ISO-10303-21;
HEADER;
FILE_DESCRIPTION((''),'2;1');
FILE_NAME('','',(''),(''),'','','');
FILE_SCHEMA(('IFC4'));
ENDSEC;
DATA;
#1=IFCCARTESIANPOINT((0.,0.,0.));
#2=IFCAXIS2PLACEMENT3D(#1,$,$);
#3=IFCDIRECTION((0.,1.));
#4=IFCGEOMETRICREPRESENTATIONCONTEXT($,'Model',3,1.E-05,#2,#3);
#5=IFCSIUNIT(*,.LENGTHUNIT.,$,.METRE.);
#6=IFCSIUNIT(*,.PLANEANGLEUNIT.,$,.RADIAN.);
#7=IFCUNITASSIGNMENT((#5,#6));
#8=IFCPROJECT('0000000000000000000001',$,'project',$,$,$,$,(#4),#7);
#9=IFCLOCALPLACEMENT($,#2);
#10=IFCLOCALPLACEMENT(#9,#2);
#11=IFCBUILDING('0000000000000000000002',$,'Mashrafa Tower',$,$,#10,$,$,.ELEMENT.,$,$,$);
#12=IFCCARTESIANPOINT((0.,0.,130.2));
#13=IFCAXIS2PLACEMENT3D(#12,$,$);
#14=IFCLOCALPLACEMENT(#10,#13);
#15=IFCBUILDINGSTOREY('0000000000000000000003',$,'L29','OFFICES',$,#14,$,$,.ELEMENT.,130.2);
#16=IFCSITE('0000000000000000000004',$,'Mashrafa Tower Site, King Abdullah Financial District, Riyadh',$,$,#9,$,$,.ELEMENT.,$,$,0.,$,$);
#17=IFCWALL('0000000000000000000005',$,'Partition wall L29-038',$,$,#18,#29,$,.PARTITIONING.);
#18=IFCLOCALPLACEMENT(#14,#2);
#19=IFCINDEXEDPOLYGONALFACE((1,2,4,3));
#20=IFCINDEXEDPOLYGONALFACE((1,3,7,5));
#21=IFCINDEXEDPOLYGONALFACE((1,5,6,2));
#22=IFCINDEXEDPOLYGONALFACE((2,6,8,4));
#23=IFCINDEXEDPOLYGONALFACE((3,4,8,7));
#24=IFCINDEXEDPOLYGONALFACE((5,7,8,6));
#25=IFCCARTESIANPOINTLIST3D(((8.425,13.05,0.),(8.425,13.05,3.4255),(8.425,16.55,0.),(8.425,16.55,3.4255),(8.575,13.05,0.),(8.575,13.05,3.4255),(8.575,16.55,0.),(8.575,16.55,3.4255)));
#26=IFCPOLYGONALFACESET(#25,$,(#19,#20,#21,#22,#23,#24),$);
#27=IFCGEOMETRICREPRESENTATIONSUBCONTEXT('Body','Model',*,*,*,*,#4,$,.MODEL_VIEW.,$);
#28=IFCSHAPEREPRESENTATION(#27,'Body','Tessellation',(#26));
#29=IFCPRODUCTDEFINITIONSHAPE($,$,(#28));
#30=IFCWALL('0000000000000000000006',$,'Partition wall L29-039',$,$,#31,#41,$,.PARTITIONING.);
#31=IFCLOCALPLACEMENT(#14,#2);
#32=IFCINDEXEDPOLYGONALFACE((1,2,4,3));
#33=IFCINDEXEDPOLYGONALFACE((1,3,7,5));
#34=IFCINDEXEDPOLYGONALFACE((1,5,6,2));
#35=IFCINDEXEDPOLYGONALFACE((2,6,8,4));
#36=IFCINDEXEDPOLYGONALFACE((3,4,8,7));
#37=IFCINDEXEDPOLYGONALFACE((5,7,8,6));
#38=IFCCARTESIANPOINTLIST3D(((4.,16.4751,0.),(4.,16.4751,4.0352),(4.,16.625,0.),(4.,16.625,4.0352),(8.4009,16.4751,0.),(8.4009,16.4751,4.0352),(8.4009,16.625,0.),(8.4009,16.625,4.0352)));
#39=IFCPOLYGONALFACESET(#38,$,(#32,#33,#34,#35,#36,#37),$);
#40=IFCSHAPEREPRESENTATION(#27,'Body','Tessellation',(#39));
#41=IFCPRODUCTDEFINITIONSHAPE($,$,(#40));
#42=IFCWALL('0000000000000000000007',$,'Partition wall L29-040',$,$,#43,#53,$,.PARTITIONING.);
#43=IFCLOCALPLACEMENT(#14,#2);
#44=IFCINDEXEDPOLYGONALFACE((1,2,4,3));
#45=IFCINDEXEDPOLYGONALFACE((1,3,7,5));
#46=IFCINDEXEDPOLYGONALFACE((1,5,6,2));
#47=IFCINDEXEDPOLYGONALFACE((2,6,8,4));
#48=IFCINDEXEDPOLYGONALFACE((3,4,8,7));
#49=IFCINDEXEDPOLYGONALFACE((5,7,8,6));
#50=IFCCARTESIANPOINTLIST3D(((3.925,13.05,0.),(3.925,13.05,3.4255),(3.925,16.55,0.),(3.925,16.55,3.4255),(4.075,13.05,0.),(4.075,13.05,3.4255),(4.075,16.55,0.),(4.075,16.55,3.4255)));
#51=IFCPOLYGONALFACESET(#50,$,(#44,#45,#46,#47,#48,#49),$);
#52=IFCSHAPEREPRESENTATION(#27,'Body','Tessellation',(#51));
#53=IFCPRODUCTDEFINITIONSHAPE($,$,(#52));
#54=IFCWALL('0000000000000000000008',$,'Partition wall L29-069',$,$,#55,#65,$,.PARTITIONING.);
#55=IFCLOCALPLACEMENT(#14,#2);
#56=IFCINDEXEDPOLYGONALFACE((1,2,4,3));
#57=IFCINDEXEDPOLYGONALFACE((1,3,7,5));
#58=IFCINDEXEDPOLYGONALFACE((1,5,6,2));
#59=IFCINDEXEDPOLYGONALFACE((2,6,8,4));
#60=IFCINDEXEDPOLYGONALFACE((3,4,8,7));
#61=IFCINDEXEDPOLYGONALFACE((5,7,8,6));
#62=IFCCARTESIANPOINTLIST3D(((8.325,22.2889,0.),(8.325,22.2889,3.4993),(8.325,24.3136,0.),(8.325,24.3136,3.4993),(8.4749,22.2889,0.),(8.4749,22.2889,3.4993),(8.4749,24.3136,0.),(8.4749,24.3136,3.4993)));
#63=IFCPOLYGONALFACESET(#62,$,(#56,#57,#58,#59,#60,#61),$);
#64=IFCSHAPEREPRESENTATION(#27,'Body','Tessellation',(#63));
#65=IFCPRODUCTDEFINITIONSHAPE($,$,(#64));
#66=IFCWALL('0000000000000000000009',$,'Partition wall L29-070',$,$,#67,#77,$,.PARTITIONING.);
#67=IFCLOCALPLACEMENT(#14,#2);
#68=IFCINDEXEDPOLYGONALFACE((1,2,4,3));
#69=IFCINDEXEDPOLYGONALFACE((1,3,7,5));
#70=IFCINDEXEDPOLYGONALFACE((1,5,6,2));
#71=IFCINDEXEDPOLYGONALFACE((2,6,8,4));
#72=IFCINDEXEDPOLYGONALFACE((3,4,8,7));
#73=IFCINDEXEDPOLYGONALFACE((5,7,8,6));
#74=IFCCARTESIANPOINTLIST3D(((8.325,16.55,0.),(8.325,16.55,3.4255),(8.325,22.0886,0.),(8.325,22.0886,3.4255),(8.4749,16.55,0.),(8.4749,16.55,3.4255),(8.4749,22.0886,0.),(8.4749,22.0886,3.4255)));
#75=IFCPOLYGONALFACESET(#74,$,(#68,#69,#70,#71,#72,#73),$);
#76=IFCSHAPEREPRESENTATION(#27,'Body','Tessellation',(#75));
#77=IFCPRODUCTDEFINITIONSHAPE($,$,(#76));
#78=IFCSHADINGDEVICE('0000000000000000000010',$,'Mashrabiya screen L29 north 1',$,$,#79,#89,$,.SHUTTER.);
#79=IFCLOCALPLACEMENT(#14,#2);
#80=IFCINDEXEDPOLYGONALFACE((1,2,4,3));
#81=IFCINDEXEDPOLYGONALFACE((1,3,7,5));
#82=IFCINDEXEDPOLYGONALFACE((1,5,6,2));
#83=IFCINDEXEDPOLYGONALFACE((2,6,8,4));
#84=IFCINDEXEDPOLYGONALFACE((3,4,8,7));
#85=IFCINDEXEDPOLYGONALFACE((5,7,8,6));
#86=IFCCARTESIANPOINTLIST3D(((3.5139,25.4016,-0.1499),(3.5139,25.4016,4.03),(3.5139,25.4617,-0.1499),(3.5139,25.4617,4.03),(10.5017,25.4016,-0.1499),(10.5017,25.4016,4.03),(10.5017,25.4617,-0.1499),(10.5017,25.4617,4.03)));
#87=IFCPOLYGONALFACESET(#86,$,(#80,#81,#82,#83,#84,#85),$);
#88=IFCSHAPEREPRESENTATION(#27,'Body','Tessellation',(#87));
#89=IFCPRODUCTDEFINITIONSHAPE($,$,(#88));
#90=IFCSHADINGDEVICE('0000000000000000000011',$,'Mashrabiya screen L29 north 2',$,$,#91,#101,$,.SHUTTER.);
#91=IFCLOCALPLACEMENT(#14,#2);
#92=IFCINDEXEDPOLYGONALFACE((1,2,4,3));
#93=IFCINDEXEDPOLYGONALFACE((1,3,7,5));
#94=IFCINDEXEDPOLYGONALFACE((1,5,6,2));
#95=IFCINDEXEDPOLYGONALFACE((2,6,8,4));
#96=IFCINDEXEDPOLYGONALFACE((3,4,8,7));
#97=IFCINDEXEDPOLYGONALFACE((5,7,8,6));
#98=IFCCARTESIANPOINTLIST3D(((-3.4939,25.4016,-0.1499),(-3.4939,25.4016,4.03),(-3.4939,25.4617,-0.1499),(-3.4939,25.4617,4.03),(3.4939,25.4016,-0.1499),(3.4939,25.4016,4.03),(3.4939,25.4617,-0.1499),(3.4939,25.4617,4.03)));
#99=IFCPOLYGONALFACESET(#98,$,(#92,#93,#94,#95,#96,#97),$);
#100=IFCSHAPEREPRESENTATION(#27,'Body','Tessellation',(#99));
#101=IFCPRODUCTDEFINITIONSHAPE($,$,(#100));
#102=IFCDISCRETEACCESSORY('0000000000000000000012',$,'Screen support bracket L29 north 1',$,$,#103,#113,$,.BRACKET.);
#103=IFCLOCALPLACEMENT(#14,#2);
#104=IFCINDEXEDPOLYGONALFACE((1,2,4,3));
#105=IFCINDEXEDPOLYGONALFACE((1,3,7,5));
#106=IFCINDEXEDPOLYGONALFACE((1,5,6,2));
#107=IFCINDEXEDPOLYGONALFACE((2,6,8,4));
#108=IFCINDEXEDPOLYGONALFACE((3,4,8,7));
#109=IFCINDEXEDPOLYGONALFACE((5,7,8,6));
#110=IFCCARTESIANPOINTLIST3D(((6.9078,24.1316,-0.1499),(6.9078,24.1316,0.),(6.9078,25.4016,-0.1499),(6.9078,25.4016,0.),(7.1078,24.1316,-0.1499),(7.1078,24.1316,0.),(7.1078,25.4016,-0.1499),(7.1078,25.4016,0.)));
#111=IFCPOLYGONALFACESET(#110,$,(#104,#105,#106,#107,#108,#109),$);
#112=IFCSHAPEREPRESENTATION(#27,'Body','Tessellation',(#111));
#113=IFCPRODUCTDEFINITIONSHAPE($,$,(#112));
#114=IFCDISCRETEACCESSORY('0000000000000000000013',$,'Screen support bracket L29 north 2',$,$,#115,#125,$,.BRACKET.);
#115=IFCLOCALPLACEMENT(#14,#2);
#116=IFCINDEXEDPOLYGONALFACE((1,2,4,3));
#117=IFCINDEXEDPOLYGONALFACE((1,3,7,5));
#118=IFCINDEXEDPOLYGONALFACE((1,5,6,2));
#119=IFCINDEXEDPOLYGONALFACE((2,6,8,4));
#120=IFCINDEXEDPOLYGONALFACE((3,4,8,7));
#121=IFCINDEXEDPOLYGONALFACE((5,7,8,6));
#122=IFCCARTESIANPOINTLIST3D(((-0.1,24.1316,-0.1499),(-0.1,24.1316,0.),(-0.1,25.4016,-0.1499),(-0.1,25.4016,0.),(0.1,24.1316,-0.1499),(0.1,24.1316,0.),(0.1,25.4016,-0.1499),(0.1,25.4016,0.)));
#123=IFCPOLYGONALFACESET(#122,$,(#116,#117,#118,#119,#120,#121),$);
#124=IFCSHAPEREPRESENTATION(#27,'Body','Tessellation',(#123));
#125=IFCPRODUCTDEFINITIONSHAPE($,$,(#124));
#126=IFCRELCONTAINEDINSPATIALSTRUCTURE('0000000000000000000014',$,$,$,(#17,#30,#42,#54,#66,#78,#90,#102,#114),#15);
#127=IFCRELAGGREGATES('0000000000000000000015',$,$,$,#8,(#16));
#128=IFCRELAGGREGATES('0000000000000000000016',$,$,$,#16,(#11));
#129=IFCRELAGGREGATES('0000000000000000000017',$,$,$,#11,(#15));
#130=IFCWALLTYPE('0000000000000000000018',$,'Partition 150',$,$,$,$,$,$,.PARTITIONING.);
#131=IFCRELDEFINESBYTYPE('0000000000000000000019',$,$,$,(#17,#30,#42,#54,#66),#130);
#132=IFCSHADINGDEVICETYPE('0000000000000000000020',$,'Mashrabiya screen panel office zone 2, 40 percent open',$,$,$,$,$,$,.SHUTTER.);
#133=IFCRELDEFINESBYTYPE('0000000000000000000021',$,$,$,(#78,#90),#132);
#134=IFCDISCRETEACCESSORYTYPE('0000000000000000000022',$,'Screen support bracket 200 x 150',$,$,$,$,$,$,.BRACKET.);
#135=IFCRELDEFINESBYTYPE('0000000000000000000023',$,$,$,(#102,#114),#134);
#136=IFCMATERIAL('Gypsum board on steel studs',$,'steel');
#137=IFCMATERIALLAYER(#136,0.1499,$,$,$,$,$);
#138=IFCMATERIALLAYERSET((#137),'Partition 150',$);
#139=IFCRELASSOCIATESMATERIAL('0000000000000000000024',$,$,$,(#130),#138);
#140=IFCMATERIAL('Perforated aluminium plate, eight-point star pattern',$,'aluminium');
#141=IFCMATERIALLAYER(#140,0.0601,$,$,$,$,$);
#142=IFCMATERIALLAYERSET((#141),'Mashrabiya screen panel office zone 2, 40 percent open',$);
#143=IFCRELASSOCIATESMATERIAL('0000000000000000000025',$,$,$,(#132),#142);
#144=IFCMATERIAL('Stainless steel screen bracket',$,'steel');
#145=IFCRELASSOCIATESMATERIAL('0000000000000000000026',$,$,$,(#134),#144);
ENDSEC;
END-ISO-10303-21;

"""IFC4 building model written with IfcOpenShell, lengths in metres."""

from ifc_helpers import new_model, si_unit, direction, frame, frame_2d, origin, origin_2d, place, context, subcontext, project, spatial, rectangle, extrude, source, transform, mapped, material, layer, layer_set, type_object, type_shapes, element, save


model = new_model("IFC4")

# Units and contexts
model_context = context("Model", 3, precision=1e-05, world=origin(), true_north=direction((0.0, 1.0)))
body_context = subcontext(model_context, "Body", "Model", "MODEL_VIEW")
ifc_project = project(units=[si_unit("LENGTHUNIT", "METRE"), si_unit("PLANEANGLEUNIT", "RADIAN")], contexts=[model_context])

# Site, building, storey
site_placement = place(None, origin())
site = spatial("IfcSite", under=ifc_project, at=site_placement, Name="Mashrafa Tower Site, King Abdullah Financial District, Riyadh", CompositionType="ELEMENT", RefElevation=0.0)
building_placement = place(site_placement, origin())
building = spatial("IfcBuilding", under=site, at=building_placement, Name="Mashrafa Tower", CompositionType="ELEMENT")
storey_placement = place(building_placement, frame((0.0, 0.0, 130.2)))
storey = spatial("IfcBuildingStorey", under=building, at=storey_placement, Name="L29", Description="OFFICES", CompositionType="ELEMENT", Elevation=130.2)

# Walls
ifc_material_1 = material(Name="Gypsum board on steel studs", Category="steel")
ifc_layer_1 = layer(ifc_material_1, 0.1499)
ifc_layer_set_1 = layer_set([ifc_layer_1], Name="Partition 150")
wall_type_1 = type_object("IfcWallType", Name="Partition 150", PredefinedType="PARTITIONING", material=ifc_layer_set_1)
wall_1_placement = place(storey_placement, frame((8.5, 13.05, 0.0), z_axis=(0.0, 0.0, 1.0), x_axis=(0.0, 1.0, 0.0)))
element("IfcWall", 1, at=wall_1_placement, inside=storey, type_object=wall_type_1, Name="Partition wall L29-038", PredefinedType="PARTITIONING", context=body_context, shape_type="SweptSolid", body=[
    extrude(rectangle(XDim=3.5, YDim=0.1499, at=frame_2d((1.75, 0.0))), origin(), (0.0, 0.0, 1.0), 3.4255),
])
wall_2_placement = place(storey_placement, frame((8.4009, 16.55, 0.0), z_axis=(0.0, 0.0, 1.0), x_axis=(-1.0, 0.0, 0.0)))
element("IfcWall", 2, at=wall_2_placement, inside=storey, type_object=wall_type_1, Name="Partition wall L29-039", PredefinedType="PARTITIONING", context=body_context, shape_type="SweptSolid", body=[
    extrude(rectangle(XDim=4.4009, YDim=0.1499, at=frame_2d((2.2004, 0.0))), origin(), (0.0, 0.0, 1.0), 4.0352),
])
wall_3_placement = place(storey_placement, frame((4.0, 16.55, 0.0), z_axis=(0.0, 0.0, 1.0), x_axis=(0.0, -1.0, 0.0)))
element("IfcWall", 3, at=wall_3_placement, inside=storey, type_object=wall_type_1, Name="Partition wall L29-040", PredefinedType="PARTITIONING", context=body_context, shape_type="SweptSolid", body=[
    extrude(rectangle(XDim=3.5, YDim=0.1499, at=frame_2d((1.75, 0.0))), origin(), (0.0, 0.0, 1.0), 3.4255),
])
wall_4_placement = place(storey_placement, frame((8.3999, 24.3135, 0.0), z_axis=(0.0, 0.0, 1.0), x_axis=(0.0, -1.0, 0.0)))
element("IfcWall", 4, at=wall_4_placement, inside=storey, type_object=wall_type_1, Name="Partition wall L29-069", PredefinedType="PARTITIONING", context=body_context, shape_type="SweptSolid", body=[
    extrude(rectangle(XDim=2.0247, YDim=0.1499, at=frame_2d((1.0122, 0.0))), origin(), (0.0, 0.0, 1.0), 3.4993),
])
wall_5_placement = place(storey_placement, frame((8.3999, 22.0886, 0.0), z_axis=(0.0, 0.0, 1.0), x_axis=(0.0, -1.0, 0.0)))
element("IfcWall", 5, at=wall_5_placement, inside=storey, type_object=wall_type_1, Name="Partition wall L29-070", PredefinedType="PARTITIONING", context=body_context, shape_type="SweptSolid", body=[
    extrude(rectangle(XDim=5.5386, YDim=0.1499, at=frame_2d((2.7693, 0.0))), origin(), (0.0, 0.0, 1.0), 3.4255),
])

# Shading devices
ifc_material_2 = material(Name="Perforated aluminium plate, eight-point star pattern", Category="aluminium")
ifc_layer_2 = layer(ifc_material_2, 0.0601)
ifc_layer_set_2 = layer_set([ifc_layer_2], Name="Mashrabiya screen panel office zone 2, 40 percent open")
shading_device_type = type_object("IfcShadingDeviceType", Name="Mashrabiya screen panel office zone 2, 40 percent open", PredefinedType="SHUTTER", material=ifc_layer_set_2)
shared_shape_1 = source(origin(), body_context, "Body", "SweptSolid", [
    extrude(rectangle(XDim=6.9878, YDim=0.0601, at=origin_2d()), origin(), (0.0, 0.0, 1.0), 4.1799),
])
type_shapes(shading_device_type, [shared_shape_1])
for number, where, z_axis, x_axis, name in (
    (6, (7.0078, 25.4316, -0.1499), (0.0, 0.0, 1.0), (-1.0, 0.0, 0.0), "Mashrabiya screen L29 north 1"),
    (7, (0.0, 25.4316, -0.1499), (0.0, 0.0, 1.0), (-1.0, 0.0, 0.0), "Mashrabiya screen L29 north 2"),
):
    element("IfcShadingDevice", number, at=place(storey_placement, frame(where, z_axis=z_axis, x_axis=x_axis)), inside=storey, type_object=shading_device_type, Name=name, PredefinedType="SHUTTER", context=body_context, shape_type="MappedRepresentation", body=[
        mapped(shared_shape_1, transform((0.0, 0.0, 0.0))),
    ])

# Discrete accessories
ifc_material_3 = material(Name="Stainless steel screen bracket", Category="steel")
discrete_accessory_type = type_object("IfcDiscreteAccessoryType", Name="Screen support bracket 200 x 150", PredefinedType="BRACKET", material=ifc_material_3)
shared_shape_2 = source(origin(), body_context, "Body", "SweptSolid", [
    extrude(rectangle(XDim=0.2, YDim=1.27, at=origin_2d()), origin(), (0.0, 0.0, 1.0), 0.1499),
])
type_shapes(discrete_accessory_type, [shared_shape_2])
for number, where, z_axis, x_axis, name in (
    (8, (7.0078, 24.7666, -0.1499), (0.0, 0.0, 1.0), (-1.0, 0.0, 0.0), "Screen support bracket L29 north 1"),
    (9, (0.0, 24.7666, -0.1499), (0.0, 0.0, 1.0), (-1.0, 0.0, 0.0), "Screen support bracket L29 north 2"),
):
    element("IfcDiscreteAccessory", number, at=place(storey_placement, frame(where, z_axis=z_axis, x_axis=x_axis)), inside=storey, type_object=discrete_accessory_type, Name=name, PredefinedType="BRACKET", context=body_context, shape_type="MappedRepresentation", body=[
        mapped(shared_shape_2, transform((0.0, 0.0, 0.0))),
    ])

save(model, "model.ifc")
